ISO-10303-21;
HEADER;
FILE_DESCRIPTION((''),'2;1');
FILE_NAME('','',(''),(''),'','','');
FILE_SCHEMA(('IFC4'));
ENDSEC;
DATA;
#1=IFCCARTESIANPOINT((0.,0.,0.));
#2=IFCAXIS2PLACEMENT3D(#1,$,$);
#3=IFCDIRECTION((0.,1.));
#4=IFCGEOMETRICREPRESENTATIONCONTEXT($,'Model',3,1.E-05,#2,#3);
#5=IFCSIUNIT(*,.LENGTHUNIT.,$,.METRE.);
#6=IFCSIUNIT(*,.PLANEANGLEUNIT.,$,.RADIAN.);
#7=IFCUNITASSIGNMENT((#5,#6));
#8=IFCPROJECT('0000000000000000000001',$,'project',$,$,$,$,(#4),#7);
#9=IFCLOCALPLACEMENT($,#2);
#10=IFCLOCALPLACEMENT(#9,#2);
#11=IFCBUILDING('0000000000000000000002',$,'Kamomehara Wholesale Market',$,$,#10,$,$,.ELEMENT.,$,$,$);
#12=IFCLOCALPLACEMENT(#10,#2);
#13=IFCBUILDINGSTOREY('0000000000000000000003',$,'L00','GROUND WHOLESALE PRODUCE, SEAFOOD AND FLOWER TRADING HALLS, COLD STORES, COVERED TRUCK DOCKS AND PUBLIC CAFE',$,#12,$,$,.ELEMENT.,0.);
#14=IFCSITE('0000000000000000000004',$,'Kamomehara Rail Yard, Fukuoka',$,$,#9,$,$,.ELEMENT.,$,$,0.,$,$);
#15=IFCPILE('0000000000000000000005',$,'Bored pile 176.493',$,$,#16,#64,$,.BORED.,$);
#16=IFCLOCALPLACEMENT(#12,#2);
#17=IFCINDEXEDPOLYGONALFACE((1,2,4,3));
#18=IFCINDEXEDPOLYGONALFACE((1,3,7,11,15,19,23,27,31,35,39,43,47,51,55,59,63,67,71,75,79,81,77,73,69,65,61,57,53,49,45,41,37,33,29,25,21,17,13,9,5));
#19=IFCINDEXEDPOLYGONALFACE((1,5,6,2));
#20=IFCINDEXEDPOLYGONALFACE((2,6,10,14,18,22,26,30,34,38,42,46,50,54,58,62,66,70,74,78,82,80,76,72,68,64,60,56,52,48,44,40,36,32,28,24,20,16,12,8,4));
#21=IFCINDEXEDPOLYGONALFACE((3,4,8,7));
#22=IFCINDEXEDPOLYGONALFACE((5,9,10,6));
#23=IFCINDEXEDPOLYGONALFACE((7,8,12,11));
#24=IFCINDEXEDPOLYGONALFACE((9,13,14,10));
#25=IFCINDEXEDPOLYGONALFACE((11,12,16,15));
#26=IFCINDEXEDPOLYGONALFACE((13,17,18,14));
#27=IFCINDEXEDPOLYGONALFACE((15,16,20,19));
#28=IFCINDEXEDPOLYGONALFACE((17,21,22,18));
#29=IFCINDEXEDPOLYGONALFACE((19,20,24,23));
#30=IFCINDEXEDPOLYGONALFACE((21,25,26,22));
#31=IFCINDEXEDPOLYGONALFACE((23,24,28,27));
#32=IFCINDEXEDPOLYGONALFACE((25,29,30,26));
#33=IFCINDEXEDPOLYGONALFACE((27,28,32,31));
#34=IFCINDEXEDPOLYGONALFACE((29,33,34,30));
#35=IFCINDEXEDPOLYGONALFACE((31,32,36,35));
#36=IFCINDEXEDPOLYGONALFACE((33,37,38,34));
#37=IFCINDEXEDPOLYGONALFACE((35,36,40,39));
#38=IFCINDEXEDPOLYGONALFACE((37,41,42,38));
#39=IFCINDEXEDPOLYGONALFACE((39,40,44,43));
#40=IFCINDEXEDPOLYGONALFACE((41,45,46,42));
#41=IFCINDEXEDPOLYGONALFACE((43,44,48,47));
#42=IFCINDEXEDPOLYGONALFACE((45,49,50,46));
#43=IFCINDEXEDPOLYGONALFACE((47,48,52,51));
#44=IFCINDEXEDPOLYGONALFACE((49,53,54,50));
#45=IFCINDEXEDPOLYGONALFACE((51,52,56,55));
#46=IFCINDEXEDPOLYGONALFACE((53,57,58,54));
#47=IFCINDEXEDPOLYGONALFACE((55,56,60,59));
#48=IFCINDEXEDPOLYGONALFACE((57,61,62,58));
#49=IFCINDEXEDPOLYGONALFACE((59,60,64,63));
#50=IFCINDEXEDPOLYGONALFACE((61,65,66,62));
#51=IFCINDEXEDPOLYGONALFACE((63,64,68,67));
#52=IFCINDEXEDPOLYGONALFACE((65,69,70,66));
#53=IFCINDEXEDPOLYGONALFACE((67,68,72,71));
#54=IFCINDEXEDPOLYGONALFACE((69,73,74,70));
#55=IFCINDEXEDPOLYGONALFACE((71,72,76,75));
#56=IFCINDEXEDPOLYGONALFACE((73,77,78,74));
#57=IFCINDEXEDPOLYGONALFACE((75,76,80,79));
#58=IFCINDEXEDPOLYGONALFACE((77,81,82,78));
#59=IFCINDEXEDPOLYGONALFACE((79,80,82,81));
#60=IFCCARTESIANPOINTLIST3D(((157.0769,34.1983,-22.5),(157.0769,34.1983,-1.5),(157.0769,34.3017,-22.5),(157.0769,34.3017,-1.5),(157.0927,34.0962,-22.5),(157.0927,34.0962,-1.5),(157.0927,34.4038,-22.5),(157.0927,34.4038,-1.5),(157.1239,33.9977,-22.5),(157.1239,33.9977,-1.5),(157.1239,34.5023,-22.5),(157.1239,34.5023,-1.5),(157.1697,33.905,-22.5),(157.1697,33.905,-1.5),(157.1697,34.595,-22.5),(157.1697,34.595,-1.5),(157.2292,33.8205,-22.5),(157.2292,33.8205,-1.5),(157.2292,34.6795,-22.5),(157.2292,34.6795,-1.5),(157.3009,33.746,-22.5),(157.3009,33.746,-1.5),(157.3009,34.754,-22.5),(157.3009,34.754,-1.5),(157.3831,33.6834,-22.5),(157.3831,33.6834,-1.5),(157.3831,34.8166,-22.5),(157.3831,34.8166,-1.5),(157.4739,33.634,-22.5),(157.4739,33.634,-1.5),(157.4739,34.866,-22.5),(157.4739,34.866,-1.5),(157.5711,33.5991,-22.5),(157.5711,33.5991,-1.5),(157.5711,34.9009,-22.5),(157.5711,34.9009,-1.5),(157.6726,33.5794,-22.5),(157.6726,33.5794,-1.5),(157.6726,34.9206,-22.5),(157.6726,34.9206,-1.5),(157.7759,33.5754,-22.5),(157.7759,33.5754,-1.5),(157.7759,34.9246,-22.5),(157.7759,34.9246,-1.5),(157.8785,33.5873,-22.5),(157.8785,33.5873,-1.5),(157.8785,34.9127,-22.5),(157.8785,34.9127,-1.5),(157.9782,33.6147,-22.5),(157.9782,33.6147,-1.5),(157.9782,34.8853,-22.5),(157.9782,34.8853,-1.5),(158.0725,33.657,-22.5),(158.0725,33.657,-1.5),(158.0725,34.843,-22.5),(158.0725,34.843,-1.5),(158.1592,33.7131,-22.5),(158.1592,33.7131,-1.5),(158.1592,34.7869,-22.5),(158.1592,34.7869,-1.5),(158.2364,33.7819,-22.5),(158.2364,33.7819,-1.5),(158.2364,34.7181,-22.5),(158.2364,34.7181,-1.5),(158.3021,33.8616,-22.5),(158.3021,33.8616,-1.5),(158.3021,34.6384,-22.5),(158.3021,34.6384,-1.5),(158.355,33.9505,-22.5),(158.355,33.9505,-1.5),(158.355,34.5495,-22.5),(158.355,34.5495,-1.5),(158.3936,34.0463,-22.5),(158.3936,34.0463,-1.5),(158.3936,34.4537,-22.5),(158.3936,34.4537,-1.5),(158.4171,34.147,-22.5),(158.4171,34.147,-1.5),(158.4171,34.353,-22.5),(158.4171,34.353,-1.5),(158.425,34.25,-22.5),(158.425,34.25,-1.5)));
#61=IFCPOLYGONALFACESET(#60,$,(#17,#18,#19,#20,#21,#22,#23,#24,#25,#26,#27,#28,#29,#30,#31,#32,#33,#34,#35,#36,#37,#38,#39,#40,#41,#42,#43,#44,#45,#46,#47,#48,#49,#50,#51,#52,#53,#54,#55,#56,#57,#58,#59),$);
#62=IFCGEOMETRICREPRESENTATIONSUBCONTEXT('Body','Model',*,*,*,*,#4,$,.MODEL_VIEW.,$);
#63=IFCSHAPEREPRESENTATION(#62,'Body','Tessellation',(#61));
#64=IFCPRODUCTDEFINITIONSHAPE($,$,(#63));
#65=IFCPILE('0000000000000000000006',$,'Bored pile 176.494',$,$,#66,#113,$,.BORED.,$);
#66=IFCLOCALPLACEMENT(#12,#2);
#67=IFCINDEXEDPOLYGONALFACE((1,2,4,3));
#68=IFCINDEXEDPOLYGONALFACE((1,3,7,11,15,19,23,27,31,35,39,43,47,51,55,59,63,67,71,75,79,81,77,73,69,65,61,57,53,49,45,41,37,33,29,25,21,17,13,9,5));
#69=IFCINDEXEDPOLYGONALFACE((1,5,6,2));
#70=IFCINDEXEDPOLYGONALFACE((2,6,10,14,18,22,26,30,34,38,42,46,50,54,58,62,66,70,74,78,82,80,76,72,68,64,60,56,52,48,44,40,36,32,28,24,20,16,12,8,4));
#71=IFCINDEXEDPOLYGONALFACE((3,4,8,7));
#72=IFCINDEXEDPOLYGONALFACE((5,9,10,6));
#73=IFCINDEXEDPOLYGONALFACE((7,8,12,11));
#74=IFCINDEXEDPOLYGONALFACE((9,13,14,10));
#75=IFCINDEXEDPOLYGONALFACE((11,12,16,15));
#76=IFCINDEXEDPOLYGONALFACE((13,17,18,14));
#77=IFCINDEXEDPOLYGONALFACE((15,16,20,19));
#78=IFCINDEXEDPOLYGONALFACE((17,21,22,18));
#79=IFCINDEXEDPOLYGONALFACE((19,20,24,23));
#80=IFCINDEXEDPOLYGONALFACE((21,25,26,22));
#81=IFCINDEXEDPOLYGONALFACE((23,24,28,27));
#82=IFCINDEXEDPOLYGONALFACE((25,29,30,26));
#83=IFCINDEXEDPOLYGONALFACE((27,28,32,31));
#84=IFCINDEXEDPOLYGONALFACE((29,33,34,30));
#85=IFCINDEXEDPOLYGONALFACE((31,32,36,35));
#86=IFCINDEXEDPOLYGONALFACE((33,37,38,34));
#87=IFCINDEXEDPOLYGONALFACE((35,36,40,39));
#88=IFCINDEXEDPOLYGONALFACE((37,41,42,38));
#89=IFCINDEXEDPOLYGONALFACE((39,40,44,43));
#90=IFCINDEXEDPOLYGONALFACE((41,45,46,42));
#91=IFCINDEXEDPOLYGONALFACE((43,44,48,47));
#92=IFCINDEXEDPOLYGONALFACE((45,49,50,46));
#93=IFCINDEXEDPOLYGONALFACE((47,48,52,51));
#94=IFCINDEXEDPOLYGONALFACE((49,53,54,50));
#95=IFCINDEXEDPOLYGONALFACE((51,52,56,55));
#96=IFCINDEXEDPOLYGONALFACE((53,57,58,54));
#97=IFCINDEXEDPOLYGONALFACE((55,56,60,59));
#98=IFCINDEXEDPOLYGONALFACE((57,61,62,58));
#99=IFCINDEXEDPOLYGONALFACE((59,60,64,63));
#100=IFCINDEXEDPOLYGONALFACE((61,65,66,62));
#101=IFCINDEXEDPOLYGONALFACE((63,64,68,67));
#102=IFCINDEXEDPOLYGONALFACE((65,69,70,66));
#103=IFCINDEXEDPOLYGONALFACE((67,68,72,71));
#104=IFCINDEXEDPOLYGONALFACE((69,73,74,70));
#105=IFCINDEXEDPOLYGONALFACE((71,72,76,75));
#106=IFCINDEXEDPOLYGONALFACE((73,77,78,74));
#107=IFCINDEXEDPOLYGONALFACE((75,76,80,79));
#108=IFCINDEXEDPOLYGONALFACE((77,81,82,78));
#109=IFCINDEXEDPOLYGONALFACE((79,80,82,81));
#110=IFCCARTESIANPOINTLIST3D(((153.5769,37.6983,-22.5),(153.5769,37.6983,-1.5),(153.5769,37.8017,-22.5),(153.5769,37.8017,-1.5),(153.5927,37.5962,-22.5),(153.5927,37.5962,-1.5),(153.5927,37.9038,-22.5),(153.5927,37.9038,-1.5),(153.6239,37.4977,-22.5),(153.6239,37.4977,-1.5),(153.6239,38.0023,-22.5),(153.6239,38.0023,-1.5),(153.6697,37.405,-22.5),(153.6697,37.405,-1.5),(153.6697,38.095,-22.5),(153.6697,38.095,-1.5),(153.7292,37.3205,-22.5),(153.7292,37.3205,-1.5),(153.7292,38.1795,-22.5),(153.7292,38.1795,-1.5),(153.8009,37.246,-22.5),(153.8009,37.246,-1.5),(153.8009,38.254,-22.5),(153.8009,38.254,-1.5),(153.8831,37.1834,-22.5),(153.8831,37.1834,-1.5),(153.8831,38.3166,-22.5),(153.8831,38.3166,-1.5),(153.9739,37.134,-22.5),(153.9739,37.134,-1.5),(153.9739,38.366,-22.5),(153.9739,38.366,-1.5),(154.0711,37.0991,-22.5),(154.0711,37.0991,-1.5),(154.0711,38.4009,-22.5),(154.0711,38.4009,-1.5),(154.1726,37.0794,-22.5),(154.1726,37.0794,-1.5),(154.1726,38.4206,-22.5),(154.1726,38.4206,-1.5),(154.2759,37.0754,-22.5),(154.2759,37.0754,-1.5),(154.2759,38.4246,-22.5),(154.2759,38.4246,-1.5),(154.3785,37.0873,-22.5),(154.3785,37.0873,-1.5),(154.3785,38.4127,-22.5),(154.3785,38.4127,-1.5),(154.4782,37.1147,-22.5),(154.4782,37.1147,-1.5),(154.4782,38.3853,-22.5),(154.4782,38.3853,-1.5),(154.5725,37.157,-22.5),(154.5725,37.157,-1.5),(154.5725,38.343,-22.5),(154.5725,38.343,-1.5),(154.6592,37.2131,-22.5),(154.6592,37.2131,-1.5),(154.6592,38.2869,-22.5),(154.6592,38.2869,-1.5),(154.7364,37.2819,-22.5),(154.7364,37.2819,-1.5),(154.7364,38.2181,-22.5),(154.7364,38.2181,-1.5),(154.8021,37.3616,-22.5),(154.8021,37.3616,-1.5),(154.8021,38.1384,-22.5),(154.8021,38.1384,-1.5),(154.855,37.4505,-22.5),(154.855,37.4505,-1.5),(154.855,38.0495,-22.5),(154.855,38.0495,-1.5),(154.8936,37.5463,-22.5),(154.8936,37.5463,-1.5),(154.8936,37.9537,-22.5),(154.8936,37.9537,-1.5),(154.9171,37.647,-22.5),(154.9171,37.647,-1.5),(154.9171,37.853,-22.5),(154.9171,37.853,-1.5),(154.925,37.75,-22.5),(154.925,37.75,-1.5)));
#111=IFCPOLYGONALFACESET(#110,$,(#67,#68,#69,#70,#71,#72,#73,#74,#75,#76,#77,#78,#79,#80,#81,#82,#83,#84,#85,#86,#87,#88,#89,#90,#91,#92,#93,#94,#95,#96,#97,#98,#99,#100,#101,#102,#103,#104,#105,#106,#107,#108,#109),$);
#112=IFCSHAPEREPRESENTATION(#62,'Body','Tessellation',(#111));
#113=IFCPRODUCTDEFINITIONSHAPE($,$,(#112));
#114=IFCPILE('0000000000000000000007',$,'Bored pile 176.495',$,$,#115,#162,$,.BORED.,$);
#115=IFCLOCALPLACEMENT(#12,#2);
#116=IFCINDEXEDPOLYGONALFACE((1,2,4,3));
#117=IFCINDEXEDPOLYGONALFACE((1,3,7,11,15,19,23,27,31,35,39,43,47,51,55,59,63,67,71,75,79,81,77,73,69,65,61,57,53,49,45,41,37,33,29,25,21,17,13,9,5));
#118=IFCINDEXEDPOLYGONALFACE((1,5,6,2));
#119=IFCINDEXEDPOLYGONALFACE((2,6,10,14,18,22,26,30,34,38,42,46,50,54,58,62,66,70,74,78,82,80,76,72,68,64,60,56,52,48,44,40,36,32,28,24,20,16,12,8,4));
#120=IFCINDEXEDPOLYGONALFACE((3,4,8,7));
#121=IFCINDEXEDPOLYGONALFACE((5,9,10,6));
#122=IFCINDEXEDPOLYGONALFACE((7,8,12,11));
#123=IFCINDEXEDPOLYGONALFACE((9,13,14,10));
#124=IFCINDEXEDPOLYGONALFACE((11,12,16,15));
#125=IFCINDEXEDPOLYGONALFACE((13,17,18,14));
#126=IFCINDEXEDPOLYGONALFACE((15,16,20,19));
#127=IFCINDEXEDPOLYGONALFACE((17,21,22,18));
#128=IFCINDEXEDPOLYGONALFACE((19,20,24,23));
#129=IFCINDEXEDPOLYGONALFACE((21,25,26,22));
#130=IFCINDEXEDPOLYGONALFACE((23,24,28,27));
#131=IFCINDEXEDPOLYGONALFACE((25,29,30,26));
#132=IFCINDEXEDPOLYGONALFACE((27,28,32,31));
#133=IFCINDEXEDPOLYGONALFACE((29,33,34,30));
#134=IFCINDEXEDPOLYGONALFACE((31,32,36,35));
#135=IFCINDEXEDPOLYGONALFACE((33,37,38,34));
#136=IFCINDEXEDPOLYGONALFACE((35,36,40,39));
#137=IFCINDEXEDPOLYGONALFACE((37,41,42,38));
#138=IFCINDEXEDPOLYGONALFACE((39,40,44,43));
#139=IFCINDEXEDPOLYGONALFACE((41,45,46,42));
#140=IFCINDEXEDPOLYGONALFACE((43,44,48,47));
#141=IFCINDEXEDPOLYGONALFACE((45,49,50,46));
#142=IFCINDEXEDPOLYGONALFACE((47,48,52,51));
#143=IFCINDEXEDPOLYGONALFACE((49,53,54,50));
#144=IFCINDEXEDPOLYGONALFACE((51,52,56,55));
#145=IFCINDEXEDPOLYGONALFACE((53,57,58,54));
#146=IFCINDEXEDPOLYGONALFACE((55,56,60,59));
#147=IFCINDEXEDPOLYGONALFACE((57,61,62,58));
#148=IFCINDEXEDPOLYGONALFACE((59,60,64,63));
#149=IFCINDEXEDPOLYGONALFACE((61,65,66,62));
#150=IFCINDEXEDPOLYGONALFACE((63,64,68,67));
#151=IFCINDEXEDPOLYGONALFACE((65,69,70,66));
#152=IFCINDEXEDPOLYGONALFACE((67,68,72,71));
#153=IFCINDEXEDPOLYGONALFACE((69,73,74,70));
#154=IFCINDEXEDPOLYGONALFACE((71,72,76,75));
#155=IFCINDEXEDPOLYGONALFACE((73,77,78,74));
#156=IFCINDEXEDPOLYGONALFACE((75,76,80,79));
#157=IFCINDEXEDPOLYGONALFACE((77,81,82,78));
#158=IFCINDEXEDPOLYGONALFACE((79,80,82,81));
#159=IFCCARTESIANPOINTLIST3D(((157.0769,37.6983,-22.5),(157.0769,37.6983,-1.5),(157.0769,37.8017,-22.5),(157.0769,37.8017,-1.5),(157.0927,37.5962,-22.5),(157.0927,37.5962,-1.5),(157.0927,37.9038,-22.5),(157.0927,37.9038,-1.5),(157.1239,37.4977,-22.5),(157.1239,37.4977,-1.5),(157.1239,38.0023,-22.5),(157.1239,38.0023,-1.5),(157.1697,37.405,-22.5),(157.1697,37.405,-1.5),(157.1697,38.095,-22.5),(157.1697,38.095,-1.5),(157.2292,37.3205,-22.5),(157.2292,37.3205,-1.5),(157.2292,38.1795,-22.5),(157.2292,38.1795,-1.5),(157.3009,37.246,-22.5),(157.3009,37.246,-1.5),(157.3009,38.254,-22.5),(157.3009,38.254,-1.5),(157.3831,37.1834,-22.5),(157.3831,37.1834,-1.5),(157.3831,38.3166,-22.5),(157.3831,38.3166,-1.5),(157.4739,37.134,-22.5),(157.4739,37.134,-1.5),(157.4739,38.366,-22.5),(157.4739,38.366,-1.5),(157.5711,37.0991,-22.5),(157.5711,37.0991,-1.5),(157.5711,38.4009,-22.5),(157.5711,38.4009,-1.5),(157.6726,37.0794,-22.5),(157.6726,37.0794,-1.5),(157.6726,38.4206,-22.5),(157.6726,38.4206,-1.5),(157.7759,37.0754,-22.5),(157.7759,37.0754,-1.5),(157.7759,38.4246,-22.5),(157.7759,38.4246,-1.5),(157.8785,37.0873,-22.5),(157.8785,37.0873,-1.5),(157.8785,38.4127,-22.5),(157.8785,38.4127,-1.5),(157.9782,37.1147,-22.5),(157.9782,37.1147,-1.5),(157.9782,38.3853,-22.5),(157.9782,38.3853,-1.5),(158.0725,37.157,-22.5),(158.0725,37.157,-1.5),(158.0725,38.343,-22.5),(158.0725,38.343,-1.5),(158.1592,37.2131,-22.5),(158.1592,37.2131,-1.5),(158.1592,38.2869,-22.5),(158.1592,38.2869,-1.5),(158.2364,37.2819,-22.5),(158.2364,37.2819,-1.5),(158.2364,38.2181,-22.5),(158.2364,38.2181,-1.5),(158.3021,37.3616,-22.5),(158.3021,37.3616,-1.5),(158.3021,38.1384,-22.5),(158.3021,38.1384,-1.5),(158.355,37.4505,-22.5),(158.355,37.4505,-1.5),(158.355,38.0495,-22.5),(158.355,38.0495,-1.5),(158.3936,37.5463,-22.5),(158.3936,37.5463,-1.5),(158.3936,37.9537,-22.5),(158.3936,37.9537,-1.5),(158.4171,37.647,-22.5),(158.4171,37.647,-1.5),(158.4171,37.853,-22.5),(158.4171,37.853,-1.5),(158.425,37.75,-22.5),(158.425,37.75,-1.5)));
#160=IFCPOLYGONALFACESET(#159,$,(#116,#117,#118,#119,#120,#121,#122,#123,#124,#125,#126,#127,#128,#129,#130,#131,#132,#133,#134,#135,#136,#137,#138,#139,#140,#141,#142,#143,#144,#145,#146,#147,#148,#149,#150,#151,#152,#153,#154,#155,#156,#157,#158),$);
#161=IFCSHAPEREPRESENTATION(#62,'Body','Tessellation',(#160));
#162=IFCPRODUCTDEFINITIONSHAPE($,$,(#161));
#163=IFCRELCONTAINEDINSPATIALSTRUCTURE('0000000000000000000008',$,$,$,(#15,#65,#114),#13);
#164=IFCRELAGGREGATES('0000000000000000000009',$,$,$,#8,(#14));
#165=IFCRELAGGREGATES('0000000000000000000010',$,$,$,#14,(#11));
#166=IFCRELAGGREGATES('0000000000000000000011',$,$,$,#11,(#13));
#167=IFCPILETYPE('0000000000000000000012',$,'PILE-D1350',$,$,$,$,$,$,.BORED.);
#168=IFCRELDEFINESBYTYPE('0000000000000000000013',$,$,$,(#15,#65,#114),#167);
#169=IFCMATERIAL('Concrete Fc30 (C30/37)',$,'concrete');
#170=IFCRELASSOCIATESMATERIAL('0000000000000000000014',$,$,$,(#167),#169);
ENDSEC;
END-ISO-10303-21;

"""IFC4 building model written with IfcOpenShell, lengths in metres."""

from ifc_helpers import new_model, si_unit, direction, frame, origin, origin_2d, place, context, subcontext, project, spatial, circle, extrude, material, material_profile, profile_set, type_object, element, save


model = new_model("IFC4")

# Units and contexts
model_context = context("Model", 3, precision=1e-05, world=origin(), true_north=direction((0.0, 1.0)))
body_context = subcontext(model_context, "Body", "Model", "MODEL_VIEW")
ifc_project = project(units=[si_unit("LENGTHUNIT", "METRE"), si_unit("PLANEANGLEUNIT", "RADIAN")], contexts=[model_context])

# Site, building, storey
site_placement = place(None, origin())
site = spatial("IfcSite", under=ifc_project, at=site_placement, Name="Kamomehara Rail Yard, Fukuoka", CompositionType="ELEMENT", RefElevation=0.0)
building_placement = place(site_placement, origin())
building = spatial("IfcBuilding", under=site, at=building_placement, Name="Kamomehara Wholesale Market", CompositionType="ELEMENT")
storey_placement = place(building_placement, origin())
storey = spatial("IfcBuildingStorey", under=building, at=storey_placement, Name="L00", Description="GROUND WHOLESALE PRODUCE, SEAFOOD AND FLOWER TRADING HALLS, COLD STORES, COVERED TRUCK DOCKS AND PUBLIC CAFE", CompositionType="ELEMENT", Elevation=0.0)

# Piles
ifc_material_1 = material(Name="Concrete Fc30 (C30/37)", Category="concrete")
ifc_material_profile_1 = material_profile(ifc_material_1, circle(Radius=0.675, at=origin_2d()), Name="RC-PILE-D1350")
ifc_profile_set_1 = profile_set([ifc_material_profile_1], Name="Concrete Fc30 (C30/37)")
pile_type_1 = type_object("IfcPileType", Name="PILE-D1350", PredefinedType="BORED", material=ifc_profile_set_1)
for number, where, z_axis, x_axis, name in (
    (1, (157.75, 34.25, -1.5), (0.0, 0.0, -1.0), (1.0, 0.0, 0.0), "Bored pile 176.493"),
    (2, (154.25, 37.75, -1.5), (0.0, 0.0, -1.0), (1.0, 0.0, 0.0), "Bored pile 176.494"),
    (3, (157.75, 37.75, -1.5), (0.0, 0.0, -1.0), (1.0, 0.0, 0.0), "Bored pile 176.495"),
):
    element("IfcPile", number, at=place(storey_placement, frame(where, z_axis=z_axis, x_axis=x_axis)), inside=storey, type_object=pile_type_1, Name=name, PredefinedType="BORED", context=body_context, shape_type="SweptSolid", body=[
        extrude(circle(Radius=0.675, at=origin_2d()), origin(), (0.0, 0.0, 1.0), 21.0),
    ])

save(model, "model.ifc")
